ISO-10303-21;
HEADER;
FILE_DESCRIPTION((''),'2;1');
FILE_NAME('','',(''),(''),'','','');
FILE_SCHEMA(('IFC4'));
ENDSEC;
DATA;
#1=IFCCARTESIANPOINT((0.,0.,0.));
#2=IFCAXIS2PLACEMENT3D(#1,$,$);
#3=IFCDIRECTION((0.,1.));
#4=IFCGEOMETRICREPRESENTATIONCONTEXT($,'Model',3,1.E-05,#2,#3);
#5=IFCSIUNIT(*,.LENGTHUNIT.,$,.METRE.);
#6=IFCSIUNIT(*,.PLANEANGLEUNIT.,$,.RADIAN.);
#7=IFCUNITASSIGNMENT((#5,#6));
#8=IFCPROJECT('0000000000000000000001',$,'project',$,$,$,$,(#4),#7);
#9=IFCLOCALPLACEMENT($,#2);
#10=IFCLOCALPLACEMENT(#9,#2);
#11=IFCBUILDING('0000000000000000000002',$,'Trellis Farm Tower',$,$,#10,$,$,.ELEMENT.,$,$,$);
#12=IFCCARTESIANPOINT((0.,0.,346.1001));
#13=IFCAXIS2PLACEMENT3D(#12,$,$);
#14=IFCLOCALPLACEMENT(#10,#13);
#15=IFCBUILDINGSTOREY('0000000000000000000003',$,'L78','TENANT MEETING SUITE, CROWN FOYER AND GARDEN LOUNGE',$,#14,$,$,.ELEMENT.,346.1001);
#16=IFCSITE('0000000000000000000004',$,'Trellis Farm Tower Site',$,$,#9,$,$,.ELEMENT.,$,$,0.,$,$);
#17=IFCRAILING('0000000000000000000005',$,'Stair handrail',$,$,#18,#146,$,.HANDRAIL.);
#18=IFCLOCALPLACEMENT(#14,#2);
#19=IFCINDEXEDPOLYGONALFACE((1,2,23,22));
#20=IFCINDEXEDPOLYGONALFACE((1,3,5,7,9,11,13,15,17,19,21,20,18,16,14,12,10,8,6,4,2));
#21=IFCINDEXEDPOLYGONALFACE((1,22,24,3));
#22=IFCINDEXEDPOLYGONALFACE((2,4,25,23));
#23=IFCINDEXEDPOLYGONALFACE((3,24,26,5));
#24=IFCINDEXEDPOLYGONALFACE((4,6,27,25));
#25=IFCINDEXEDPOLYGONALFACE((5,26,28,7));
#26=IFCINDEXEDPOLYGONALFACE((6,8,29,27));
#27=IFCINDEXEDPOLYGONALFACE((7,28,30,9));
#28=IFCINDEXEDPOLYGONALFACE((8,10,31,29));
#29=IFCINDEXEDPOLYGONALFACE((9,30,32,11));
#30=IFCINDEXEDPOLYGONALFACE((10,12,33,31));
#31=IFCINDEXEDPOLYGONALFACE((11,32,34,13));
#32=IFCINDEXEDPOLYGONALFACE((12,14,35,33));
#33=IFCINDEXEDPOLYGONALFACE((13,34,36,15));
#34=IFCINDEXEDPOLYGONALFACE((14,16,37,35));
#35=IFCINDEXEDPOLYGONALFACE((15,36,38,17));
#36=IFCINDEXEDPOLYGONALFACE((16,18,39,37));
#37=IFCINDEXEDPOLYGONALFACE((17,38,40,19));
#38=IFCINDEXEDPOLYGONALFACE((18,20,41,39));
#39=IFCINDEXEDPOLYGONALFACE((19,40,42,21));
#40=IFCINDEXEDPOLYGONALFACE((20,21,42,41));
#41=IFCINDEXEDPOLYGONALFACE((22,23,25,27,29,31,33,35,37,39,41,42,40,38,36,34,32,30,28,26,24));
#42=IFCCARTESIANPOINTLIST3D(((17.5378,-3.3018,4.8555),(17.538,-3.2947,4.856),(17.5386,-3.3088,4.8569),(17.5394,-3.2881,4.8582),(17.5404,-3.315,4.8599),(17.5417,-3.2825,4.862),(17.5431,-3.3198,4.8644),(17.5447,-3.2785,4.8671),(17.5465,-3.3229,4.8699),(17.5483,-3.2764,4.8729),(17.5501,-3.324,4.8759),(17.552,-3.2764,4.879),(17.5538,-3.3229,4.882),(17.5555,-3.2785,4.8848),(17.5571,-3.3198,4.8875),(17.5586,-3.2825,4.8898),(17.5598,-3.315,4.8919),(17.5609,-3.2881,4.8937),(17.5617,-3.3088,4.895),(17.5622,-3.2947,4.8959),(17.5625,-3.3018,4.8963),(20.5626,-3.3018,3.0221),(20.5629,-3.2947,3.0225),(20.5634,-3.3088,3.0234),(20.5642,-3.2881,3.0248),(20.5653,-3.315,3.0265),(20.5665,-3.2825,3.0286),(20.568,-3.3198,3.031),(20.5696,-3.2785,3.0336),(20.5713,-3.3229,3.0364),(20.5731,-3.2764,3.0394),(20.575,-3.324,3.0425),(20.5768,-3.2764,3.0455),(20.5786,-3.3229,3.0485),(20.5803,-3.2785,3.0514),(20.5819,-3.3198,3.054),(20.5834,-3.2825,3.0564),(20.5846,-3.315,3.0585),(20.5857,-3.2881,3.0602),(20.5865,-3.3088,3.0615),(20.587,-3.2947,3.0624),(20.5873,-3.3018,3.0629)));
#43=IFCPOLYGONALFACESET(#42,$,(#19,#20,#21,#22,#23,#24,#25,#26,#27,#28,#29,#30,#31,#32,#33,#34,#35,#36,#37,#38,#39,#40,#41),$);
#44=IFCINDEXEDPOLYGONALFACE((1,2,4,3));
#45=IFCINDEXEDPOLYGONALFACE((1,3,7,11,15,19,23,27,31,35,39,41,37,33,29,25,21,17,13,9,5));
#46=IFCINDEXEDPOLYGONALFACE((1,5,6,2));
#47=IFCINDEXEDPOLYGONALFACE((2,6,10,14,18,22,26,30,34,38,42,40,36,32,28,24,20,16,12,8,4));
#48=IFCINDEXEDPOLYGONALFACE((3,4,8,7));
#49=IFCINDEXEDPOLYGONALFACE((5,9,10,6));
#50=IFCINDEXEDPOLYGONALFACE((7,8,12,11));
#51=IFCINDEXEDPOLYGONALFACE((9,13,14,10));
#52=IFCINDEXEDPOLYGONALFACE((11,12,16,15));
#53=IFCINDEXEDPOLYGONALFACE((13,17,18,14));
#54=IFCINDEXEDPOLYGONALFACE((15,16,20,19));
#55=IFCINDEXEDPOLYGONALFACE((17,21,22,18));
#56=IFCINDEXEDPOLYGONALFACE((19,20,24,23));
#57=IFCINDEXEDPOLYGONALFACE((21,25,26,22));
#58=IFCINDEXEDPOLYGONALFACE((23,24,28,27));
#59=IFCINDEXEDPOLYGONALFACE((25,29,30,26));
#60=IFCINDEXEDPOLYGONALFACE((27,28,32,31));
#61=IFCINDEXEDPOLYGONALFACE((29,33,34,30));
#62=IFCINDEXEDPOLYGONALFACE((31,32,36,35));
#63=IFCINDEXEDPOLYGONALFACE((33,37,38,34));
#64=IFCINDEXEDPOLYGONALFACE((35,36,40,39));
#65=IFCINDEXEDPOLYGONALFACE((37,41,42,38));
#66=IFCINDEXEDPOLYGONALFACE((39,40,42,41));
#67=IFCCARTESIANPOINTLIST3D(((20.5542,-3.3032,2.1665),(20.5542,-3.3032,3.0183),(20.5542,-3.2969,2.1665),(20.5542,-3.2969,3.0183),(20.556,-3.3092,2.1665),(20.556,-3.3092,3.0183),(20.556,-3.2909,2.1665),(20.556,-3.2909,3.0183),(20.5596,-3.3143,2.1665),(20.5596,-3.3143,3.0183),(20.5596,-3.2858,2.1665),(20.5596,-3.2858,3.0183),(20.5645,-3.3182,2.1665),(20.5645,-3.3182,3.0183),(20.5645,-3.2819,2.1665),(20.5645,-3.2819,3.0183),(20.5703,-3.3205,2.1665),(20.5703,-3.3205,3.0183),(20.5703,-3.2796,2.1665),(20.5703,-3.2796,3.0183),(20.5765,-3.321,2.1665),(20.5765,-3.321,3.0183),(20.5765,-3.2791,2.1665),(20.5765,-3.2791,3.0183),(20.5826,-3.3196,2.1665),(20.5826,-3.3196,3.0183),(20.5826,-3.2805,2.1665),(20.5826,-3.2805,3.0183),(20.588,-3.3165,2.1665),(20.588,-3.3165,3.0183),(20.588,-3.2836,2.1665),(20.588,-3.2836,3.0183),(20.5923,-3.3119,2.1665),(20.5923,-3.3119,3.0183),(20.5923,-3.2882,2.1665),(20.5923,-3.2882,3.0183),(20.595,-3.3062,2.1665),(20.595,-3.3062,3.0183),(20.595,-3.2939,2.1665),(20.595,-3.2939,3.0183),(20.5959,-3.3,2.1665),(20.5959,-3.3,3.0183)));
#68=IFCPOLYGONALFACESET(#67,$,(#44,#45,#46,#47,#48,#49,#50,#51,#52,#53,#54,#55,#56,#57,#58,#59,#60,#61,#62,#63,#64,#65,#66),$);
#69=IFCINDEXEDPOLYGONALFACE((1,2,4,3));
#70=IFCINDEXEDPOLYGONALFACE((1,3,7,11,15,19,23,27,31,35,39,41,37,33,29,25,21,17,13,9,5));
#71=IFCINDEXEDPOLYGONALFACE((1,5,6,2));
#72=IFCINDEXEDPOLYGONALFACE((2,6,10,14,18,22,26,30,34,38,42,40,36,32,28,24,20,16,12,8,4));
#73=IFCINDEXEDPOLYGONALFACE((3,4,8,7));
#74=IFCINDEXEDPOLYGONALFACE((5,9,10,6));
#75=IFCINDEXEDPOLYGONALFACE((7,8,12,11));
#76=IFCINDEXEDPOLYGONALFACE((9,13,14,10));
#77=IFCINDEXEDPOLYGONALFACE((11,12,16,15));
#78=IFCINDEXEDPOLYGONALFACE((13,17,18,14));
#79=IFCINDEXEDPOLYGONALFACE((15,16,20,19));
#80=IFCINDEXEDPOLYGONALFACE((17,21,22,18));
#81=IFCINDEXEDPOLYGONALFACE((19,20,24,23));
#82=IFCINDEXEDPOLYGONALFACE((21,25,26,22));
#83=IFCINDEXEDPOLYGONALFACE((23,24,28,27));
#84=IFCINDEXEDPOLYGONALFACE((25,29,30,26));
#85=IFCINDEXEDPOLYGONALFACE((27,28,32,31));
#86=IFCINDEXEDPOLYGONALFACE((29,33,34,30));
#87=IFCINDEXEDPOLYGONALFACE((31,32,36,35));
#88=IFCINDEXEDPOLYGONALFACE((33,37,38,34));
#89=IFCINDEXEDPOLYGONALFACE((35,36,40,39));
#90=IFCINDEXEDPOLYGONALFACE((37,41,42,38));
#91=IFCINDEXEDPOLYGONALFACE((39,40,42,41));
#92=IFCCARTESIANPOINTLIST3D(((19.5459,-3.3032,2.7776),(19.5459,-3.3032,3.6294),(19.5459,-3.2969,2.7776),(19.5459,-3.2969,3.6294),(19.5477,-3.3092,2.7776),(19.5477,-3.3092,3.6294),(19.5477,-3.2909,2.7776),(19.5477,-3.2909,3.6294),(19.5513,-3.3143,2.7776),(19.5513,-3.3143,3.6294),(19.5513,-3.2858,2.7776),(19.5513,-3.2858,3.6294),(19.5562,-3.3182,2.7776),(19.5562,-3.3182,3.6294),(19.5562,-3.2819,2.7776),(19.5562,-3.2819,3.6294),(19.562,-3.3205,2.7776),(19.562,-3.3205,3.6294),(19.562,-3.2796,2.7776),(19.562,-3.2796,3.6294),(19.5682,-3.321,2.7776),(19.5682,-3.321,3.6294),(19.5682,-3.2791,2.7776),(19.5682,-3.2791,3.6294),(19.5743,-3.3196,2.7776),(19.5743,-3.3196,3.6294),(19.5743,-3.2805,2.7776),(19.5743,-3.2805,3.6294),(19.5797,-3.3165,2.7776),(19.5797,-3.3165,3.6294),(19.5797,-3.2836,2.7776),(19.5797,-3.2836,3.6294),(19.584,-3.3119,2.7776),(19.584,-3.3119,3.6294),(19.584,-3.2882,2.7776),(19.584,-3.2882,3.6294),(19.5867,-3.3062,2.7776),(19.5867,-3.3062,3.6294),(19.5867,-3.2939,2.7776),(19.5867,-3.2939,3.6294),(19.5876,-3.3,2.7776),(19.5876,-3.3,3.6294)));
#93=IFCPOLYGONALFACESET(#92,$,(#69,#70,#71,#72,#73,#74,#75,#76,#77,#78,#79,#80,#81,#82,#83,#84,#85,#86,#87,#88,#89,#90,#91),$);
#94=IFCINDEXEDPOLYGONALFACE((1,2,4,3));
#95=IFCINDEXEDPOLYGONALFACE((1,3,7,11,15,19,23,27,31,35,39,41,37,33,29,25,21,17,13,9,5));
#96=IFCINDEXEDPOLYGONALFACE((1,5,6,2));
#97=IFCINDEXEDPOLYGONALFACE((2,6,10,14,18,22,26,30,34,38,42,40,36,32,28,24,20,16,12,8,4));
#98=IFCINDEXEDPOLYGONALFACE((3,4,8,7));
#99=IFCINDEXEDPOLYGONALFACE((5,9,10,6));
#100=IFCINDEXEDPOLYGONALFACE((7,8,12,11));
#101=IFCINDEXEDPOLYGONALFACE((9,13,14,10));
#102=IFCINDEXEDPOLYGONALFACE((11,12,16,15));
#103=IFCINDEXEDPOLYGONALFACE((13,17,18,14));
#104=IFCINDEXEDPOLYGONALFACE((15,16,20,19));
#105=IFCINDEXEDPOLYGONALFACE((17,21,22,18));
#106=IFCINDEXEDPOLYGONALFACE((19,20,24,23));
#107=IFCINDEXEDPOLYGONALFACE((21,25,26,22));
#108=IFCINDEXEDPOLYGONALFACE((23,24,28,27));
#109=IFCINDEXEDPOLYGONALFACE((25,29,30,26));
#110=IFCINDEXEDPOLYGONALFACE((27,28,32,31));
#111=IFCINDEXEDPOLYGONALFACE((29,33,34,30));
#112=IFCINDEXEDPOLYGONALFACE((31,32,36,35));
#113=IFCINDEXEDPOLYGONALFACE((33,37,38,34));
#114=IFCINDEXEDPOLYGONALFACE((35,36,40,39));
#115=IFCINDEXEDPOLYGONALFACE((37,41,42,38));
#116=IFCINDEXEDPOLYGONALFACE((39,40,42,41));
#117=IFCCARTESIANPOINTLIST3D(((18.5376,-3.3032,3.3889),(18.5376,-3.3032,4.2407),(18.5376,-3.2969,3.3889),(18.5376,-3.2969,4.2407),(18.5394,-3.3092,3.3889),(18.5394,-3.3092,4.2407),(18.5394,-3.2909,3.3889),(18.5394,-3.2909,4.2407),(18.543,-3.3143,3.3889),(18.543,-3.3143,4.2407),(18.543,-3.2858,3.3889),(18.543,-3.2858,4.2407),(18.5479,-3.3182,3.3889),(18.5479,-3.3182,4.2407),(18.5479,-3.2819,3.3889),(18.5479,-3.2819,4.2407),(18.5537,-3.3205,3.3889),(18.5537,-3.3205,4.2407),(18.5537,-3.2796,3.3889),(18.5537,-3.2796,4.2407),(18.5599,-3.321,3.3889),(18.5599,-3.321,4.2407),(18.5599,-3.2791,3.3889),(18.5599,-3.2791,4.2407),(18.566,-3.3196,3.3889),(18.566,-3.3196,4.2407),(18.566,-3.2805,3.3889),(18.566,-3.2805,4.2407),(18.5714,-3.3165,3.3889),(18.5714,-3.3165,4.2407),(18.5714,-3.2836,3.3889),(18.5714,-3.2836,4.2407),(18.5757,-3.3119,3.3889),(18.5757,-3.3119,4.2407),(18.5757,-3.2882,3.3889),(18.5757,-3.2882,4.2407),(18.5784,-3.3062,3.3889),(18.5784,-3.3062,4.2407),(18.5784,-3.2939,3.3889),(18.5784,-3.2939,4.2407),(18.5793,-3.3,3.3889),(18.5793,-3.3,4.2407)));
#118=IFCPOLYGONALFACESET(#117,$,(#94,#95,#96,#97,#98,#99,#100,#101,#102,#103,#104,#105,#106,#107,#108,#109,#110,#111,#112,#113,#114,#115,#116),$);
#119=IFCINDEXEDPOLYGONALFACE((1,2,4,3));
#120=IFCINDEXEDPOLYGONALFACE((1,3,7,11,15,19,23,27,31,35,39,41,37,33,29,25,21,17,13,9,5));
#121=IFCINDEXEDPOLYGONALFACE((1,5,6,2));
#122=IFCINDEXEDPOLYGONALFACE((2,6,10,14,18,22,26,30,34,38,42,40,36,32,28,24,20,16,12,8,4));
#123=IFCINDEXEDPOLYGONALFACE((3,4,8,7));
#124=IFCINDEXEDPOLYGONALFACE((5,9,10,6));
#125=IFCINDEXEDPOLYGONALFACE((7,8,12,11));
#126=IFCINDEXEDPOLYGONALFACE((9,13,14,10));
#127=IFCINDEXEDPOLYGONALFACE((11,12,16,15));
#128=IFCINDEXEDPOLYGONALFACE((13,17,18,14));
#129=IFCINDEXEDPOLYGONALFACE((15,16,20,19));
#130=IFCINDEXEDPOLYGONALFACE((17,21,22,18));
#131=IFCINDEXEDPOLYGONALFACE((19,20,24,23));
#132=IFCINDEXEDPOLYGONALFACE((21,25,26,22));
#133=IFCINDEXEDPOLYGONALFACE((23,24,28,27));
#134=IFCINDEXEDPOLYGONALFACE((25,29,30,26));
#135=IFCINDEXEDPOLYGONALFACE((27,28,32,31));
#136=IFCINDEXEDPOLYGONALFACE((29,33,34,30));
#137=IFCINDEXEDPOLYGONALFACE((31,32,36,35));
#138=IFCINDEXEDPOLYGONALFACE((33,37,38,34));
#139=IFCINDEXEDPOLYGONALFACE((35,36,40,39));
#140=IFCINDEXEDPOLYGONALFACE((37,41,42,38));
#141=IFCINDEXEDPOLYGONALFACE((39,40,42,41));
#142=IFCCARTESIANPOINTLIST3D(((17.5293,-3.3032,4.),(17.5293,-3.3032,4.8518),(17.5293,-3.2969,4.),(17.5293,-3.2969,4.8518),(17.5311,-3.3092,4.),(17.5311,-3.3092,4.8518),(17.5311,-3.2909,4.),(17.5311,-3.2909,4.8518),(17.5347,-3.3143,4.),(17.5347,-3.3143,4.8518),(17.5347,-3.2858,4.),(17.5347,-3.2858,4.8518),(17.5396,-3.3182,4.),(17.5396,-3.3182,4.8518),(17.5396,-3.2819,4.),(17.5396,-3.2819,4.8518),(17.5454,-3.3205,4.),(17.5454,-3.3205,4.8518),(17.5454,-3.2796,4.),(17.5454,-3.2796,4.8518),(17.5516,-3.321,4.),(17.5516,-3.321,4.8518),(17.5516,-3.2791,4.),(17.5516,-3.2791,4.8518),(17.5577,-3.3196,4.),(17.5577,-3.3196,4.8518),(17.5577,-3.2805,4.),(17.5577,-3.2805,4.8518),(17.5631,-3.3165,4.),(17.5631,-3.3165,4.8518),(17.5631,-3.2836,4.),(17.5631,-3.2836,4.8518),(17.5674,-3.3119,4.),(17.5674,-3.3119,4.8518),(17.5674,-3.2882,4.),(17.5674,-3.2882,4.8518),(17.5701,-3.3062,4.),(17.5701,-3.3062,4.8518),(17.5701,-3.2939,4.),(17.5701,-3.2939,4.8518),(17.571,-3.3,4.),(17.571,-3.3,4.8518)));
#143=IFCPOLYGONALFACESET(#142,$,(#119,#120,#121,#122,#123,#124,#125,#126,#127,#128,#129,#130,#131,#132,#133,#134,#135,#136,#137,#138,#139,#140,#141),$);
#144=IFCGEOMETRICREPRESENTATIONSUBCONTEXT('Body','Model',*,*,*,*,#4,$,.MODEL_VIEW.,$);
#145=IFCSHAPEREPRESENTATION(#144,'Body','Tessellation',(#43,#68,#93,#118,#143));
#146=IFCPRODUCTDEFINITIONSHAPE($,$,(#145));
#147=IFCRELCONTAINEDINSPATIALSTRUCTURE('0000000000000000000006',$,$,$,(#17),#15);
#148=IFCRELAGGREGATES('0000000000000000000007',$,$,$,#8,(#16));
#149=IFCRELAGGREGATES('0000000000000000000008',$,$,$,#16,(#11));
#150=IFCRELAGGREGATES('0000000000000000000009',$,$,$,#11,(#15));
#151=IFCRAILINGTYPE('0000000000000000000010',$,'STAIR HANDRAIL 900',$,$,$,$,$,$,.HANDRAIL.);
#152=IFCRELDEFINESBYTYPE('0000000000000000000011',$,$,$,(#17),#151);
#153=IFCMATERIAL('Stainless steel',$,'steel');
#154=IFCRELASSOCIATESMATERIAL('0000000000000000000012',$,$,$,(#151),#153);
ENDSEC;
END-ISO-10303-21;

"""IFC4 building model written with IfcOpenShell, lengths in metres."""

from ifc_helpers import new_model, si_unit, direction, frame, origin, origin_2d, place, context, subcontext, project, spatial, circle, extrude, source, transform, mapped, material, type_object, element, save


model = new_model("IFC4")

# Units and contexts
model_context = context("Model", 3, precision=1e-05, world=origin(), true_north=direction((0.0, 1.0)))
body_context = subcontext(model_context, "Body", "Model", "MODEL_VIEW")
ifc_project = project(units=[si_unit("LENGTHUNIT", "METRE"), si_unit("PLANEANGLEUNIT", "RADIAN")], contexts=[model_context])

# Site, building, storey
site_placement = place(None, origin())
site = spatial("IfcSite", under=ifc_project, at=site_placement, Name="Trellis Farm Tower Site", CompositionType="ELEMENT", RefElevation=0.0)
building_placement = place(site_placement, origin())
building = spatial("IfcBuilding", under=site, at=building_placement, Name="Trellis Farm Tower", CompositionType="ELEMENT")
storey_placement = place(building_placement, frame((0.0, 0.0, 346.1001)))
storey = spatial("IfcBuildingStorey", under=building, at=storey_placement, Name="L78", Description="TENANT MEETING SUITE, CROWN FOYER AND GARDEN LOUNGE", CompositionType="ELEMENT", Elevation=346.1001)

# Railing
ifc_material_1 = material(Name="Stainless steel", Category="steel")
railing_type = type_object("IfcRailingType", Name="STAIR HANDRAIL 900", PredefinedType="HANDRAIL", material=ifc_material_1)
shared_shape_1 = source(origin(), body_context, "Body", "SweptSolid", [
    extrude(circle(Radius=0.0239, at=origin_2d()), frame((0.0, 0.0, 0.876), z_axis=(-0.85517, 0.0, 0.518348), x_axis=(0.0, -1.0, 0.0)), (0.0, 0.0, 1.0), 3.5371),
    extrude(circle(Radius=0.021, at=origin_2d()), origin(), (0.0, 0.0, 1.0), 0.8518),
    extrude(circle(Radius=0.021, at=origin_2d()), frame((-1.0083, 0.0, 0.6111)), (0.0, 0.0, 1.0), 0.8518),
    extrude(circle(Radius=0.021, at=origin_2d()), frame((-2.0166, 0.0, 1.2224)), (0.0, 0.0, 1.0), 0.8518),
    extrude(circle(Radius=0.021, at=origin_2d()), frame((-3.0249, 0.0, 1.8335)), (0.0, 0.0, 1.0), 0.8518),
])
for number, where, name in (
    (1, (20.575, -3.3, 2.1665), "Stair handrail"),
):
    element("IfcRailing", number, at=place(storey_placement, frame(where)), inside=storey, type_object=railing_type, Name=name, PredefinedType="HANDRAIL", context=body_context, shape_type="MappedRepresentation", body=[
        mapped(shared_shape_1, transform((0.0, 0.0, 0.0))),
    ])

save(model, "model.ifc")
